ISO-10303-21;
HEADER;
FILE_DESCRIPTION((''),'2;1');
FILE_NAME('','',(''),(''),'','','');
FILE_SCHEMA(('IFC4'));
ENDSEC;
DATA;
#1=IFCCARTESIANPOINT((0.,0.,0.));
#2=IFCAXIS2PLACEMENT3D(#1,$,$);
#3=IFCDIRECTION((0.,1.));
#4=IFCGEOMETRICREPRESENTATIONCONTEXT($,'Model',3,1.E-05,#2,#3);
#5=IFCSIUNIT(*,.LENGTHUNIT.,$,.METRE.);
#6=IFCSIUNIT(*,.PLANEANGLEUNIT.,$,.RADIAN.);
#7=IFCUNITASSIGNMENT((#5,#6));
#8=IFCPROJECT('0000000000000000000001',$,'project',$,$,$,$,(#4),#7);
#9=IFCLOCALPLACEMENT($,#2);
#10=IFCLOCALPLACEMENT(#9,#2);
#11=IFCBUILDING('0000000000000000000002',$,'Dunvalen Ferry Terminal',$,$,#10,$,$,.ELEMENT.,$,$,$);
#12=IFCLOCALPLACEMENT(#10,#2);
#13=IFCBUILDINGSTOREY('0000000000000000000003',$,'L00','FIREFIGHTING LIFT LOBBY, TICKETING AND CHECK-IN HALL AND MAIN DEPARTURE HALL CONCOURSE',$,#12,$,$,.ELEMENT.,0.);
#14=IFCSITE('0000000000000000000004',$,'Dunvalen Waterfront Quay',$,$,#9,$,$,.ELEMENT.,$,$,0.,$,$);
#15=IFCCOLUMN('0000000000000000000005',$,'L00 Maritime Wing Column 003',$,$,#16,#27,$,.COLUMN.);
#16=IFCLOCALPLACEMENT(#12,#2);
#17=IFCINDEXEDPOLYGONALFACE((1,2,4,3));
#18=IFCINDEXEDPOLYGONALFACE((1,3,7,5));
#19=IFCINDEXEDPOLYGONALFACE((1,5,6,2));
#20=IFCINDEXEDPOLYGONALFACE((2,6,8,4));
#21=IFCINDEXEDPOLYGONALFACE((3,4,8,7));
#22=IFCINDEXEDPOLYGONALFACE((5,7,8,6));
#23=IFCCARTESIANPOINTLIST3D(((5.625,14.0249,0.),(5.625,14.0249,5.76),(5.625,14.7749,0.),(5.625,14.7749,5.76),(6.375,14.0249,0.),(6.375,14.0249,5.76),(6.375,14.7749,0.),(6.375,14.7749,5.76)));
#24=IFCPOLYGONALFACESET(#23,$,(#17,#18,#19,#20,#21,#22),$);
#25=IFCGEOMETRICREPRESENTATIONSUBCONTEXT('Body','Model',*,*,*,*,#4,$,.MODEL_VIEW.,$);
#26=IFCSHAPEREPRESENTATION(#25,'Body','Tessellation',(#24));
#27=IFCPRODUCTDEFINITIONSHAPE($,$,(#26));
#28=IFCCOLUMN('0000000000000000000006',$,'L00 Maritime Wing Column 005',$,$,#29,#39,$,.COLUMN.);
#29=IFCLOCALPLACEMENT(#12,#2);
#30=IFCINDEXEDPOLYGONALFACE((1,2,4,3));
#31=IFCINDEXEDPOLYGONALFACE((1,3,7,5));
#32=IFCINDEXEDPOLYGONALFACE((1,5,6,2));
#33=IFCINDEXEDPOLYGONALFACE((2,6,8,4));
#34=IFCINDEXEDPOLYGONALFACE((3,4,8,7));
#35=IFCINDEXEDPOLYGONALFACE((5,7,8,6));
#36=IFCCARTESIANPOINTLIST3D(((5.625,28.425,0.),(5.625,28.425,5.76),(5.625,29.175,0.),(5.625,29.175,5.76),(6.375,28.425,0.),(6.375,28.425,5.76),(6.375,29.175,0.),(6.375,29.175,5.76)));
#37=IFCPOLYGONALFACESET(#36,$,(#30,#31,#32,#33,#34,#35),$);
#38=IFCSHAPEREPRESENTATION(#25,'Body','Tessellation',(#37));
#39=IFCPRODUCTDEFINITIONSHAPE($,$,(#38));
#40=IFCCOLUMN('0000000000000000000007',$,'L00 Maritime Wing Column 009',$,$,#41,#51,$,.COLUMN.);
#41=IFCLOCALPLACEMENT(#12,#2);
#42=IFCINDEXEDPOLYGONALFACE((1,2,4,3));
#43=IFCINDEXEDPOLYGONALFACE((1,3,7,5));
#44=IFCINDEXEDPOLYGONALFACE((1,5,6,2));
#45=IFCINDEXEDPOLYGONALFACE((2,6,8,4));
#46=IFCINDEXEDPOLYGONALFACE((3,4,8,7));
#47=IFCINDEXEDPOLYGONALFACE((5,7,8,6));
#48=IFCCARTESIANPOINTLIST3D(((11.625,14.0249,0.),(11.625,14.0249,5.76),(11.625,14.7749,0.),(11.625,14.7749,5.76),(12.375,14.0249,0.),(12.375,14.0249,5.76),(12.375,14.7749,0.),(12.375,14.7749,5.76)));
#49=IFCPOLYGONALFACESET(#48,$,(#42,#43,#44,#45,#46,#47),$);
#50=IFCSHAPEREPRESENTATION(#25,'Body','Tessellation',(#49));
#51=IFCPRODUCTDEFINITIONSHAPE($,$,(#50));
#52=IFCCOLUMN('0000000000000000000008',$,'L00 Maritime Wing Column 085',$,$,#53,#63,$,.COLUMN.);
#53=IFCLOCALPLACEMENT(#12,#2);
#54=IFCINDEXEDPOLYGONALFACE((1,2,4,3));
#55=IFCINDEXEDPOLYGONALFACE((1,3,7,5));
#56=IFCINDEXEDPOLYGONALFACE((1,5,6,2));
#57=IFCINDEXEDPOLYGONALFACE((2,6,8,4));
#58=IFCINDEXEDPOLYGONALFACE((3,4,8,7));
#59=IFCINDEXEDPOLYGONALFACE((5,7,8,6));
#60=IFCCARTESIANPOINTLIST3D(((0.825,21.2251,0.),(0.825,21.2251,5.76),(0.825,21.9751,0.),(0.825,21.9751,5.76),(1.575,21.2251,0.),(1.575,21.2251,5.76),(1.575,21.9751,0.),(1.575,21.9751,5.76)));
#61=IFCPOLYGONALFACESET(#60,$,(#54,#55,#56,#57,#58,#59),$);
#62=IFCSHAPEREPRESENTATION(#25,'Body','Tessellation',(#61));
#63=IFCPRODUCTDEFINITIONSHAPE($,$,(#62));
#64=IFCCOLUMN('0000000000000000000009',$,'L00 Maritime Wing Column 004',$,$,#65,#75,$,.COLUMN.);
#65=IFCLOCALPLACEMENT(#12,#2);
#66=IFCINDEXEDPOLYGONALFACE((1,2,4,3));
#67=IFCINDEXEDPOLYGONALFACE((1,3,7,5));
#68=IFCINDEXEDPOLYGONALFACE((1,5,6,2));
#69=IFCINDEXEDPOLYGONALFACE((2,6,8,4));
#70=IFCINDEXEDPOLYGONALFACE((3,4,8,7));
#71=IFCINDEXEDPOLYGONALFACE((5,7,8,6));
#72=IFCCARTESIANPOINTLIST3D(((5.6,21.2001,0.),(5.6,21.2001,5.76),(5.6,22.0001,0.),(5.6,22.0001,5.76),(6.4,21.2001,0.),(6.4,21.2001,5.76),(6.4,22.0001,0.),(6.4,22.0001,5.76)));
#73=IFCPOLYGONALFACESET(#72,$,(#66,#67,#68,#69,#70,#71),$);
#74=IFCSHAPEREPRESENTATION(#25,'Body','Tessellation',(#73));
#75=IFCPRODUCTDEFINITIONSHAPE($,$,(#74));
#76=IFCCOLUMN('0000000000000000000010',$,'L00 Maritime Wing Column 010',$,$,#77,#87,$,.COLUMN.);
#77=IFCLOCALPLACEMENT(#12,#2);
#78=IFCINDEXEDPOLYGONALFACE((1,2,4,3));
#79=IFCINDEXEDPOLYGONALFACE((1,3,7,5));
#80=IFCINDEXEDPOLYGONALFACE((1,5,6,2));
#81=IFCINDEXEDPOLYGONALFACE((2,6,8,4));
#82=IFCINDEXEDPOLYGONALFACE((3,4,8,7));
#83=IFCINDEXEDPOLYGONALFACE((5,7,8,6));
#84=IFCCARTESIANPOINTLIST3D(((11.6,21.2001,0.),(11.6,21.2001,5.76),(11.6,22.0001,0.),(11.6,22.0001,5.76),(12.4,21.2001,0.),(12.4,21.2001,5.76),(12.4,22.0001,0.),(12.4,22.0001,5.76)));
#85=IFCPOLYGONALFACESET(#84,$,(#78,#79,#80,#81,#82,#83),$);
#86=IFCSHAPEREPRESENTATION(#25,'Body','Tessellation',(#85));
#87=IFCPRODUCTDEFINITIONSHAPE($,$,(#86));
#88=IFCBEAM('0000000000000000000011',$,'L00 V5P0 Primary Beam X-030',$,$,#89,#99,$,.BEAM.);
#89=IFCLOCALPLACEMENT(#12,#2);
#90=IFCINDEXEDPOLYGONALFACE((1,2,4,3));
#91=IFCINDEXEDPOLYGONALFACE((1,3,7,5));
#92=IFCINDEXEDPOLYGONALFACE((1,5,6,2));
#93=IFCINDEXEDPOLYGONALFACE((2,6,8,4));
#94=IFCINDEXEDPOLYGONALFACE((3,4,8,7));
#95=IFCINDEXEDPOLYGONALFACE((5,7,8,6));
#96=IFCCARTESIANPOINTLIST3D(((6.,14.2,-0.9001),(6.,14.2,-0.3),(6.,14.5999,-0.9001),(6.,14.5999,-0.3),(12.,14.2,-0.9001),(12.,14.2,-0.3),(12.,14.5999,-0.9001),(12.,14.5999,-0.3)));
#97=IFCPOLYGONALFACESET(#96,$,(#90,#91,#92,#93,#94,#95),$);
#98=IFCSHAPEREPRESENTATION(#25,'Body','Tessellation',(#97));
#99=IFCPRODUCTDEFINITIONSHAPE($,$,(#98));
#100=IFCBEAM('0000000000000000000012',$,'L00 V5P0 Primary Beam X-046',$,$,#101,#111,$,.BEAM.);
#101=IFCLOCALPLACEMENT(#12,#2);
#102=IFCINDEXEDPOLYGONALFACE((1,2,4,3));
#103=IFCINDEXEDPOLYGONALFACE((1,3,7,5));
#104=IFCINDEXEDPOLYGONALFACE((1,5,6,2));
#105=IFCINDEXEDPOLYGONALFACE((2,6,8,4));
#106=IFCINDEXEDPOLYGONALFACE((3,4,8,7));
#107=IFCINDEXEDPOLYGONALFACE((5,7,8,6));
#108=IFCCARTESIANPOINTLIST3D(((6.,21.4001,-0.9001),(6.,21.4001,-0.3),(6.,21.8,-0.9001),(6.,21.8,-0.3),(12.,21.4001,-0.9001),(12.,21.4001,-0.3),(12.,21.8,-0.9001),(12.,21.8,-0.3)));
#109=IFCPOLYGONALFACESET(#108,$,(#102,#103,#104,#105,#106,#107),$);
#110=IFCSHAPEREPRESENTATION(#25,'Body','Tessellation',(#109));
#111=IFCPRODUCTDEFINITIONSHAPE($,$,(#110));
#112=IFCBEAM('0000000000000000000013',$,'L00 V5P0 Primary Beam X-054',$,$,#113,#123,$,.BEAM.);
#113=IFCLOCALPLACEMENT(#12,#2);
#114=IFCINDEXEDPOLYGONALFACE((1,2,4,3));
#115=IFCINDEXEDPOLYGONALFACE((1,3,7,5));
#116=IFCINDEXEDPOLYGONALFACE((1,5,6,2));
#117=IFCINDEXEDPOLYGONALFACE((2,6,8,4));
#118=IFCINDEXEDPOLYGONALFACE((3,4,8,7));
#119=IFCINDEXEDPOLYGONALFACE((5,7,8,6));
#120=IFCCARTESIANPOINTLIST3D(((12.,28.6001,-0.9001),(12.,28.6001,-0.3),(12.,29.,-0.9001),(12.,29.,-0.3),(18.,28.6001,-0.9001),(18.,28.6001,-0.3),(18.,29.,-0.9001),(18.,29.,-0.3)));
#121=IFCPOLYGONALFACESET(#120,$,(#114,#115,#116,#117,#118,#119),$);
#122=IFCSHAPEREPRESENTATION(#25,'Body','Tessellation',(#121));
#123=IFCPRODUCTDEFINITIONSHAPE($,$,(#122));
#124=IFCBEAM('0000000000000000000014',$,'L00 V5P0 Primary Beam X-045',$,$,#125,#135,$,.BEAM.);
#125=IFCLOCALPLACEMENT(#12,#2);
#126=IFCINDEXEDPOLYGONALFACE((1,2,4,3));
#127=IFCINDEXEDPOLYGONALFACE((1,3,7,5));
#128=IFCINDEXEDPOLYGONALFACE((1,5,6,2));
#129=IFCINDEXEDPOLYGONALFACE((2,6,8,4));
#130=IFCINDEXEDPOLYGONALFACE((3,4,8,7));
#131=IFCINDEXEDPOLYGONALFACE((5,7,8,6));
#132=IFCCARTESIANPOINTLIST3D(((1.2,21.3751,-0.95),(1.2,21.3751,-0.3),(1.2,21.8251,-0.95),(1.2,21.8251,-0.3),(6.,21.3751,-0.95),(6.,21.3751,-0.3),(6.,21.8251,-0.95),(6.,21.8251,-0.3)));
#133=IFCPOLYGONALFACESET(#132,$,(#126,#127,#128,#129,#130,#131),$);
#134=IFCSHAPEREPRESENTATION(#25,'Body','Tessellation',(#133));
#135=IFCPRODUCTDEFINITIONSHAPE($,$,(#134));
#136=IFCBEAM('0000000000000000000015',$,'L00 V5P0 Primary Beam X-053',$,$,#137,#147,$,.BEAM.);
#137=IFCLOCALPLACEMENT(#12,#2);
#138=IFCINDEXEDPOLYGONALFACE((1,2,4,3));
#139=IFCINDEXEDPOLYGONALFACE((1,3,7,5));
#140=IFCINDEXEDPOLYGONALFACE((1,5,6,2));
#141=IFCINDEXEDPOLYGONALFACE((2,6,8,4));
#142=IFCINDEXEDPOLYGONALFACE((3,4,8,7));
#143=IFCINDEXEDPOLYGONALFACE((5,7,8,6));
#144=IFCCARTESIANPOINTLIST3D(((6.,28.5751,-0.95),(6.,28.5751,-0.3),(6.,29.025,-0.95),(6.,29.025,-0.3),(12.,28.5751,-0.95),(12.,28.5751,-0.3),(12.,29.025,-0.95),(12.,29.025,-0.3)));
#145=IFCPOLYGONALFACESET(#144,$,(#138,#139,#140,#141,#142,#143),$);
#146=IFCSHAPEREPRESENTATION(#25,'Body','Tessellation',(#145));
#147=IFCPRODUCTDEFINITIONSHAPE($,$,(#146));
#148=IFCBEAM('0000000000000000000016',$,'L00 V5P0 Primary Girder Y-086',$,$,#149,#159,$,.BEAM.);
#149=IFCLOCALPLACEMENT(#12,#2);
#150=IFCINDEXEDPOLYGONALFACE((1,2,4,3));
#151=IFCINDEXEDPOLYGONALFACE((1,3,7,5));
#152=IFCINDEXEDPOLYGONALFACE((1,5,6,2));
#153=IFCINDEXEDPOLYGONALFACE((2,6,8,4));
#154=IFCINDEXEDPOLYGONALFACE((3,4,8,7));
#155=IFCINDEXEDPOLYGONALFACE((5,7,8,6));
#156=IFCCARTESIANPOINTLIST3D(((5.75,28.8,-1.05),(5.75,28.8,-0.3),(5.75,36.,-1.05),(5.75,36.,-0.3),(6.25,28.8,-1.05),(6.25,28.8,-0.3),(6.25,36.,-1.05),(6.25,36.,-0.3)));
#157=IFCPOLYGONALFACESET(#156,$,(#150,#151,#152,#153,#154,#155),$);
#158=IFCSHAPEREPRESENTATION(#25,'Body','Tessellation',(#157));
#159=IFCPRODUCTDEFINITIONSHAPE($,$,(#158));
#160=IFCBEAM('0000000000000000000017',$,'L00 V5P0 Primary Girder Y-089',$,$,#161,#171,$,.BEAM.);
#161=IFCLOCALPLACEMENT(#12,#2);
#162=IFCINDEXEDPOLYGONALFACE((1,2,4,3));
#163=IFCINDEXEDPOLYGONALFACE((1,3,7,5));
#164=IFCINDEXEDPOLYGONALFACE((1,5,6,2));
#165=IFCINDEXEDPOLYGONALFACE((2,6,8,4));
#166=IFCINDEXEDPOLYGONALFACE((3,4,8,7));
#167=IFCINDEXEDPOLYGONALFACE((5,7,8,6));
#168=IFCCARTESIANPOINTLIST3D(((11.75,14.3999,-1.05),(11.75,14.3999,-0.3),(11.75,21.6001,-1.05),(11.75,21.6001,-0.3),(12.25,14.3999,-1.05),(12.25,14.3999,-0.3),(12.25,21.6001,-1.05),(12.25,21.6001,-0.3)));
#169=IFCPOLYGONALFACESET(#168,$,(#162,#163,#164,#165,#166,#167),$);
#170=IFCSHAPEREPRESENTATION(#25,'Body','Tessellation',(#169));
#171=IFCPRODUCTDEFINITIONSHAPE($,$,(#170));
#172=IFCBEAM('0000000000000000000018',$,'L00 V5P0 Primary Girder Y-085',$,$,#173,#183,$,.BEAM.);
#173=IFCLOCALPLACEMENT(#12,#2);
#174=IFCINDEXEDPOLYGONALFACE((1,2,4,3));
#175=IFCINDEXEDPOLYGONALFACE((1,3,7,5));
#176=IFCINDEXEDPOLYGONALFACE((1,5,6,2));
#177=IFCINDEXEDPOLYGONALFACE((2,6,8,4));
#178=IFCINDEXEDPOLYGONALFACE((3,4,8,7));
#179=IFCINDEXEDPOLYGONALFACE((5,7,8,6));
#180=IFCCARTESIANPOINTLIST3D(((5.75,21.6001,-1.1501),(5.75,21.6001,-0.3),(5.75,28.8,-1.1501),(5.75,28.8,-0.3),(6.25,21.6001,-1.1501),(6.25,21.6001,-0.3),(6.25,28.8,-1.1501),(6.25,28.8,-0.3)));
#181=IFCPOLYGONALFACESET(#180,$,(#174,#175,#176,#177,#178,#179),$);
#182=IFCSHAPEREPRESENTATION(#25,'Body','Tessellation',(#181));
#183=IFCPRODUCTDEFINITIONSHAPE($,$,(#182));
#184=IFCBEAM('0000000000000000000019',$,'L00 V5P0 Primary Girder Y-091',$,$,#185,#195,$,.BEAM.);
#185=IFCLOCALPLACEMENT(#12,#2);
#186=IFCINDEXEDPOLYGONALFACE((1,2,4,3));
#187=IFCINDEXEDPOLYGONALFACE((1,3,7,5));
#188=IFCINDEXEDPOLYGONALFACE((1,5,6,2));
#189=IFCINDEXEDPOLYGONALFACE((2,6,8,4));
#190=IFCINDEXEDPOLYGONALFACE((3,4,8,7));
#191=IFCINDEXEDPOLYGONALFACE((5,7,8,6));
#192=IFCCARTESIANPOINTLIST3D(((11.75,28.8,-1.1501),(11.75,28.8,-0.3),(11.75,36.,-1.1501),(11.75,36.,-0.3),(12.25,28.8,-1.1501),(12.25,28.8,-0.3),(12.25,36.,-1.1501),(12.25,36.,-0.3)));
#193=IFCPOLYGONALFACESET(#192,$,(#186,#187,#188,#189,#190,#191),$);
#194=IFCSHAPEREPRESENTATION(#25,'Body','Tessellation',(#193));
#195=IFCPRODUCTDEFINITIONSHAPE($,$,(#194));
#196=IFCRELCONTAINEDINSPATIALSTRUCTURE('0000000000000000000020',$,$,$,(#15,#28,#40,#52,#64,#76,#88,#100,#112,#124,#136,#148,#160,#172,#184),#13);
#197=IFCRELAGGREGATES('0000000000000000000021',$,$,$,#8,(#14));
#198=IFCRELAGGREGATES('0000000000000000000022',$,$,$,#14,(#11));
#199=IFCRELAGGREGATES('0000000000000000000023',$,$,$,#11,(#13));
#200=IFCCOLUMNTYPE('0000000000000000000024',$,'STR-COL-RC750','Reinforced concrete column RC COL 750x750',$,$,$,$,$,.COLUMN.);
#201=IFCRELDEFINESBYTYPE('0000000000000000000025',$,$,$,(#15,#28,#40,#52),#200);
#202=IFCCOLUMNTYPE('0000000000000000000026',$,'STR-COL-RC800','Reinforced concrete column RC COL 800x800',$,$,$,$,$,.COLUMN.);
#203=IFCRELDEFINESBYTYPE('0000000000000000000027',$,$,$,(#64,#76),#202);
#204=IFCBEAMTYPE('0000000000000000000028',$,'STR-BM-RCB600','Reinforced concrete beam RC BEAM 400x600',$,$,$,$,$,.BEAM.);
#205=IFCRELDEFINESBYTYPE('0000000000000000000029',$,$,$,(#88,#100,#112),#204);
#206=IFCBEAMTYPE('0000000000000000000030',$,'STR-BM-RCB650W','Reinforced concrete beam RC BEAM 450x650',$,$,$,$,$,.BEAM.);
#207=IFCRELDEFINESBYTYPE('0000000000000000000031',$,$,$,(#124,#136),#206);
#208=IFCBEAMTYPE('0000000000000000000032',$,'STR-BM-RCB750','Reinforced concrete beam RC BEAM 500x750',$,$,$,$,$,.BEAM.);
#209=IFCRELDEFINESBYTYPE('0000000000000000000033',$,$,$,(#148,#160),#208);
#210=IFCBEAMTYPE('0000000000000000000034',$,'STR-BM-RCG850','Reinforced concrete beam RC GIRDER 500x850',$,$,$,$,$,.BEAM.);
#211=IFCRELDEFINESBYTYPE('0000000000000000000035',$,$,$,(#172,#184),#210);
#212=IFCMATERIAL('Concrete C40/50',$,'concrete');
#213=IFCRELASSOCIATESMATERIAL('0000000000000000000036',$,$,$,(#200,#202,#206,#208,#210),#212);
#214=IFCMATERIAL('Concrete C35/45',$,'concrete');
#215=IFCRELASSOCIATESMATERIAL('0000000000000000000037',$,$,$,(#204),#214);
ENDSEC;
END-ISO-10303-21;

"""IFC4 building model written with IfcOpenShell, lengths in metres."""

from ifc_helpers import new_model, si_unit, direction, frame, origin, origin_2d, place, context, subcontext, project, spatial, rectangle, extrude, material, material_profile, profile_set, type_object, element, save


model = new_model("IFC4")

# Units and contexts
model_context = context("Model", 3, precision=1e-05, world=origin(), true_north=direction((0.0, 1.0)))
body_context = subcontext(model_context, "Body", "Model", "MODEL_VIEW")
ifc_project = project(units=[si_unit("LENGTHUNIT", "METRE"), si_unit("PLANEANGLEUNIT", "RADIAN")], contexts=[model_context])

# Site, building, storey
site_placement = place(None, origin())
site = spatial("IfcSite", under=ifc_project, at=site_placement, Name="Dunvalen Waterfront Quay", CompositionType="ELEMENT", RefElevation=0.0)
building_placement = place(site_placement, origin())
building = spatial("IfcBuilding", under=site, at=building_placement, Name="Dunvalen Ferry Terminal", CompositionType="ELEMENT")
storey_placement = place(building_placement, origin())
storey = spatial("IfcBuildingStorey", under=building, at=storey_placement, Name="L00", Description="FIREFIGHTING LIFT LOBBY, TICKETING AND CHECK-IN HALL AND MAIN DEPARTURE HALL CONCOURSE", CompositionType="ELEMENT", Elevation=0.0)

# Columns
ifc_material_1 = material(Name="Concrete C40/50", Category="concrete")
ifc_material_profile_1 = material_profile(ifc_material_1, rectangle(XDim=0.75, YDim=0.75, at=origin_2d()), Name="Concrete C40/50")
ifc_profile_set_1 = profile_set([ifc_material_profile_1], Name="Concrete C40/50")
column_type_1 = type_object("IfcColumnType", Name="STR-COL-RC750", Description="Reinforced concrete column RC COL 750x750", PredefinedType="COLUMN", material=ifc_profile_set_1)
for number, where, z_axis, x_axis, name in (
    (1, (6.0, 14.3999, 0.0), (0.0, 0.0, 1.0), (1.0, 0.0, 0.0), "L00 Maritime Wing Column 003"),
    (2, (6.0, 28.8, 0.0), (0.0, 0.0, 1.0), (1.0, 0.0, 0.0), "L00 Maritime Wing Column 005"),
    (3, (12.0, 14.3999, 0.0), (0.0, 0.0, 1.0), (1.0, 0.0, 0.0), "L00 Maritime Wing Column 009"),
    (4, (1.2, 21.6001, 0.0), (0.0, 0.0, 1.0), (1.0, 0.0, 0.0), "L00 Maritime Wing Column 085"),
):
    element("IfcColumn", number, at=place(storey_placement, frame(where, z_axis=z_axis, x_axis=x_axis)), inside=storey, type_object=column_type_1, Name=name, PredefinedType="COLUMN", context=body_context, shape_type="SweptSolid", body=[
        extrude(rectangle(XDim=0.75, YDim=0.75, at=origin_2d()), origin(), (0.0, 0.0, 1.0), 5.76),
    ])
ifc_material_profile_2 = material_profile(ifc_material_1, rectangle(XDim=0.8, YDim=0.8, at=origin_2d()), Name="Concrete C40/50")
ifc_profile_set_2 = profile_set([ifc_material_profile_2], Name="Concrete C40/50")
column_type_2 = type_object("IfcColumnType", Name="STR-COL-RC800", Description="Reinforced concrete column RC COL 800x800", PredefinedType="COLUMN", material=ifc_profile_set_2)
for number, where, z_axis, x_axis, name in (
    (5, (6.0, 21.6001, 0.0), (0.0, 0.0, 1.0), (1.0, 0.0, 0.0), "L00 Maritime Wing Column 004"),
    (6, (12.0, 21.6001, 0.0), (0.0, 0.0, 1.0), (1.0, 0.0, 0.0), "L00 Maritime Wing Column 010"),
):
    element("IfcColumn", number, at=place(storey_placement, frame(where, z_axis=z_axis, x_axis=x_axis)), inside=storey, type_object=column_type_2, Name=name, PredefinedType="COLUMN", context=body_context, shape_type="SweptSolid", body=[
        extrude(rectangle(XDim=0.8, YDim=0.8, at=origin_2d()), origin(), (0.0, 0.0, 1.0), 5.76),
    ])

# Beams
ifc_material_2 = material(Name="Concrete C35/45", Category="concrete")
ifc_material_profile_3 = material_profile(ifc_material_2, rectangle(XDim=0.3999, YDim=0.6001, at=origin_2d()), Name="Concrete C35/45")
ifc_profile_set_3 = profile_set([ifc_material_profile_3], Name="Concrete C35/45")
beam_type_1 = type_object("IfcBeamType", Name="STR-BM-RCB600", Description="Reinforced concrete beam RC BEAM 400x600", PredefinedType="BEAM", material=ifc_profile_set_3)
for number, where, z_axis, x_axis, name in (
    (7, (6.0, 14.3999, -0.6001), (1.0, 0.0, 0.0), (0.0, 1.0, 0.0), "L00 V5P0 Primary Beam X-030"),
    (8, (6.0, 21.6001, -0.6001), (1.0, 0.0, 0.0), (0.0, 1.0, 0.0), "L00 V5P0 Primary Beam X-046"),
    (9, (12.0, 28.8, -0.6001), (1.0, 0.0, 0.0), (0.0, 1.0, 0.0), "L00 V5P0 Primary Beam X-054"),
):
    element("IfcBeam", number, at=place(storey_placement, frame(where, z_axis=z_axis, x_axis=x_axis)), inside=storey, type_object=beam_type_1, Name=name, PredefinedType="BEAM", context=body_context, shape_type="SweptSolid", body=[
        extrude(rectangle(XDim=0.3999, YDim=0.6001, at=origin_2d()), origin(), (0.0, 0.0, 1.0), 6.0),
    ])
ifc_material_profile_4 = material_profile(ifc_material_1, rectangle(XDim=0.45, YDim=0.6499, at=origin_2d()), Name="Concrete C40/50")
ifc_profile_set_4 = profile_set([ifc_material_profile_4], Name="Concrete C40/50")
beam_type_2 = type_object("IfcBeamType", Name="STR-BM-RCB650W", Description="Reinforced concrete beam RC BEAM 450x650", PredefinedType="BEAM", material=ifc_profile_set_4)
beam_1_placement = place(storey_placement, frame((1.2, 21.6001, -0.625), z_axis=(1.0, 0.0, 0.0), x_axis=(0.0, 1.0, 0.0)))
element("IfcBeam", 10, at=beam_1_placement, inside=storey, type_object=beam_type_2, Name="L00 V5P0 Primary Beam X-045", PredefinedType="BEAM", context=body_context, shape_type="SweptSolid", body=[
    extrude(rectangle(XDim=0.45, YDim=0.6499, at=origin_2d()), origin(), (0.0, 0.0, 1.0), 4.8),
])
beam_2_placement = place(storey_placement, frame((6.0, 28.8, -0.625), z_axis=(1.0, 0.0, 0.0), x_axis=(0.0, 1.0, 0.0)))
element("IfcBeam", 11, at=beam_2_placement, inside=storey, type_object=beam_type_2, Name="L00 V5P0 Primary Beam X-053", PredefinedType="BEAM", context=body_context, shape_type="SweptSolid", body=[
    extrude(rectangle(XDim=0.45, YDim=0.6499, at=origin_2d()), origin(), (0.0, 0.0, 1.0), 6.0),
])
ifc_material_profile_5 = material_profile(ifc_material_1, rectangle(XDim=0.5, YDim=0.75, at=origin_2d()), Name="Concrete C40/50")
ifc_profile_set_5 = profile_set([ifc_material_profile_5], Name="Concrete C40/50")
beam_type_3 = type_object("IfcBeamType", Name="STR-BM-RCB750", Description="Reinforced concrete beam RC BEAM 500x750", PredefinedType="BEAM", material=ifc_profile_set_5)
beam_3_placement = place(storey_placement, frame((6.0, 28.8, -0.675), z_axis=(0.0, 1.0, 0.0), x_axis=(-1.0, 0.0, 0.0)))
element("IfcBeam", 12, at=beam_3_placement, inside=storey, type_object=beam_type_3, Name="L00 V5P0 Primary Girder Y-086", PredefinedType="BEAM", context=body_context, shape_type="SweptSolid", body=[
    extrude(rectangle(XDim=0.5, YDim=0.75, at=origin_2d()), origin(), (0.0, 0.0, 1.0), 7.2),
])
beam_4_placement = place(storey_placement, frame((12.0, 14.3999, -0.675), z_axis=(0.0, 1.0, 0.0), x_axis=(-1.0, 0.0, 0.0)))
element("IfcBeam", 13, at=beam_4_placement, inside=storey, type_object=beam_type_3, Name="L00 V5P0 Primary Girder Y-089", PredefinedType="BEAM", context=body_context, shape_type="SweptSolid", body=[
    extrude(rectangle(XDim=0.5, YDim=0.75, at=origin_2d()), origin(), (0.0, 0.0, 1.0), 7.2002),
])
ifc_material_profile_6 = material_profile(ifc_material_1, rectangle(XDim=0.5, YDim=0.8501, at=origin_2d()), Name="Concrete C40/50")
ifc_profile_set_6 = profile_set([ifc_material_profile_6], Name="Concrete C40/50")
beam_type_4 = type_object("IfcBeamType", Name="STR-BM-RCG850", Description="Reinforced concrete beam RC GIRDER 500x850", PredefinedType="BEAM", material=ifc_profile_set_6)
for number, where, z_axis, x_axis, name in (
    (14, (6.0, 21.6001, -0.7251), (0.0, 1.0, 0.0), (-1.0, 0.0, 0.0), "L00 V5P0 Primary Girder Y-085"),
    (15, (12.0, 28.8, -0.7251), (0.0, 1.0, 0.0), (-1.0, 0.0, 0.0), "L00 V5P0 Primary Girder Y-091"),
):
    element("IfcBeam", number, at=place(storey_placement, frame(where, z_axis=z_axis, x_axis=x_axis)), inside=storey, type_object=beam_type_4, Name=name, PredefinedType="BEAM", context=body_context, shape_type="SweptSolid", body=[
        extrude(rectangle(XDim=0.5, YDim=0.8501, at=origin_2d()), origin(), (0.0, 0.0, 1.0), 7.2),
    ])

save(model, "model.ifc")
